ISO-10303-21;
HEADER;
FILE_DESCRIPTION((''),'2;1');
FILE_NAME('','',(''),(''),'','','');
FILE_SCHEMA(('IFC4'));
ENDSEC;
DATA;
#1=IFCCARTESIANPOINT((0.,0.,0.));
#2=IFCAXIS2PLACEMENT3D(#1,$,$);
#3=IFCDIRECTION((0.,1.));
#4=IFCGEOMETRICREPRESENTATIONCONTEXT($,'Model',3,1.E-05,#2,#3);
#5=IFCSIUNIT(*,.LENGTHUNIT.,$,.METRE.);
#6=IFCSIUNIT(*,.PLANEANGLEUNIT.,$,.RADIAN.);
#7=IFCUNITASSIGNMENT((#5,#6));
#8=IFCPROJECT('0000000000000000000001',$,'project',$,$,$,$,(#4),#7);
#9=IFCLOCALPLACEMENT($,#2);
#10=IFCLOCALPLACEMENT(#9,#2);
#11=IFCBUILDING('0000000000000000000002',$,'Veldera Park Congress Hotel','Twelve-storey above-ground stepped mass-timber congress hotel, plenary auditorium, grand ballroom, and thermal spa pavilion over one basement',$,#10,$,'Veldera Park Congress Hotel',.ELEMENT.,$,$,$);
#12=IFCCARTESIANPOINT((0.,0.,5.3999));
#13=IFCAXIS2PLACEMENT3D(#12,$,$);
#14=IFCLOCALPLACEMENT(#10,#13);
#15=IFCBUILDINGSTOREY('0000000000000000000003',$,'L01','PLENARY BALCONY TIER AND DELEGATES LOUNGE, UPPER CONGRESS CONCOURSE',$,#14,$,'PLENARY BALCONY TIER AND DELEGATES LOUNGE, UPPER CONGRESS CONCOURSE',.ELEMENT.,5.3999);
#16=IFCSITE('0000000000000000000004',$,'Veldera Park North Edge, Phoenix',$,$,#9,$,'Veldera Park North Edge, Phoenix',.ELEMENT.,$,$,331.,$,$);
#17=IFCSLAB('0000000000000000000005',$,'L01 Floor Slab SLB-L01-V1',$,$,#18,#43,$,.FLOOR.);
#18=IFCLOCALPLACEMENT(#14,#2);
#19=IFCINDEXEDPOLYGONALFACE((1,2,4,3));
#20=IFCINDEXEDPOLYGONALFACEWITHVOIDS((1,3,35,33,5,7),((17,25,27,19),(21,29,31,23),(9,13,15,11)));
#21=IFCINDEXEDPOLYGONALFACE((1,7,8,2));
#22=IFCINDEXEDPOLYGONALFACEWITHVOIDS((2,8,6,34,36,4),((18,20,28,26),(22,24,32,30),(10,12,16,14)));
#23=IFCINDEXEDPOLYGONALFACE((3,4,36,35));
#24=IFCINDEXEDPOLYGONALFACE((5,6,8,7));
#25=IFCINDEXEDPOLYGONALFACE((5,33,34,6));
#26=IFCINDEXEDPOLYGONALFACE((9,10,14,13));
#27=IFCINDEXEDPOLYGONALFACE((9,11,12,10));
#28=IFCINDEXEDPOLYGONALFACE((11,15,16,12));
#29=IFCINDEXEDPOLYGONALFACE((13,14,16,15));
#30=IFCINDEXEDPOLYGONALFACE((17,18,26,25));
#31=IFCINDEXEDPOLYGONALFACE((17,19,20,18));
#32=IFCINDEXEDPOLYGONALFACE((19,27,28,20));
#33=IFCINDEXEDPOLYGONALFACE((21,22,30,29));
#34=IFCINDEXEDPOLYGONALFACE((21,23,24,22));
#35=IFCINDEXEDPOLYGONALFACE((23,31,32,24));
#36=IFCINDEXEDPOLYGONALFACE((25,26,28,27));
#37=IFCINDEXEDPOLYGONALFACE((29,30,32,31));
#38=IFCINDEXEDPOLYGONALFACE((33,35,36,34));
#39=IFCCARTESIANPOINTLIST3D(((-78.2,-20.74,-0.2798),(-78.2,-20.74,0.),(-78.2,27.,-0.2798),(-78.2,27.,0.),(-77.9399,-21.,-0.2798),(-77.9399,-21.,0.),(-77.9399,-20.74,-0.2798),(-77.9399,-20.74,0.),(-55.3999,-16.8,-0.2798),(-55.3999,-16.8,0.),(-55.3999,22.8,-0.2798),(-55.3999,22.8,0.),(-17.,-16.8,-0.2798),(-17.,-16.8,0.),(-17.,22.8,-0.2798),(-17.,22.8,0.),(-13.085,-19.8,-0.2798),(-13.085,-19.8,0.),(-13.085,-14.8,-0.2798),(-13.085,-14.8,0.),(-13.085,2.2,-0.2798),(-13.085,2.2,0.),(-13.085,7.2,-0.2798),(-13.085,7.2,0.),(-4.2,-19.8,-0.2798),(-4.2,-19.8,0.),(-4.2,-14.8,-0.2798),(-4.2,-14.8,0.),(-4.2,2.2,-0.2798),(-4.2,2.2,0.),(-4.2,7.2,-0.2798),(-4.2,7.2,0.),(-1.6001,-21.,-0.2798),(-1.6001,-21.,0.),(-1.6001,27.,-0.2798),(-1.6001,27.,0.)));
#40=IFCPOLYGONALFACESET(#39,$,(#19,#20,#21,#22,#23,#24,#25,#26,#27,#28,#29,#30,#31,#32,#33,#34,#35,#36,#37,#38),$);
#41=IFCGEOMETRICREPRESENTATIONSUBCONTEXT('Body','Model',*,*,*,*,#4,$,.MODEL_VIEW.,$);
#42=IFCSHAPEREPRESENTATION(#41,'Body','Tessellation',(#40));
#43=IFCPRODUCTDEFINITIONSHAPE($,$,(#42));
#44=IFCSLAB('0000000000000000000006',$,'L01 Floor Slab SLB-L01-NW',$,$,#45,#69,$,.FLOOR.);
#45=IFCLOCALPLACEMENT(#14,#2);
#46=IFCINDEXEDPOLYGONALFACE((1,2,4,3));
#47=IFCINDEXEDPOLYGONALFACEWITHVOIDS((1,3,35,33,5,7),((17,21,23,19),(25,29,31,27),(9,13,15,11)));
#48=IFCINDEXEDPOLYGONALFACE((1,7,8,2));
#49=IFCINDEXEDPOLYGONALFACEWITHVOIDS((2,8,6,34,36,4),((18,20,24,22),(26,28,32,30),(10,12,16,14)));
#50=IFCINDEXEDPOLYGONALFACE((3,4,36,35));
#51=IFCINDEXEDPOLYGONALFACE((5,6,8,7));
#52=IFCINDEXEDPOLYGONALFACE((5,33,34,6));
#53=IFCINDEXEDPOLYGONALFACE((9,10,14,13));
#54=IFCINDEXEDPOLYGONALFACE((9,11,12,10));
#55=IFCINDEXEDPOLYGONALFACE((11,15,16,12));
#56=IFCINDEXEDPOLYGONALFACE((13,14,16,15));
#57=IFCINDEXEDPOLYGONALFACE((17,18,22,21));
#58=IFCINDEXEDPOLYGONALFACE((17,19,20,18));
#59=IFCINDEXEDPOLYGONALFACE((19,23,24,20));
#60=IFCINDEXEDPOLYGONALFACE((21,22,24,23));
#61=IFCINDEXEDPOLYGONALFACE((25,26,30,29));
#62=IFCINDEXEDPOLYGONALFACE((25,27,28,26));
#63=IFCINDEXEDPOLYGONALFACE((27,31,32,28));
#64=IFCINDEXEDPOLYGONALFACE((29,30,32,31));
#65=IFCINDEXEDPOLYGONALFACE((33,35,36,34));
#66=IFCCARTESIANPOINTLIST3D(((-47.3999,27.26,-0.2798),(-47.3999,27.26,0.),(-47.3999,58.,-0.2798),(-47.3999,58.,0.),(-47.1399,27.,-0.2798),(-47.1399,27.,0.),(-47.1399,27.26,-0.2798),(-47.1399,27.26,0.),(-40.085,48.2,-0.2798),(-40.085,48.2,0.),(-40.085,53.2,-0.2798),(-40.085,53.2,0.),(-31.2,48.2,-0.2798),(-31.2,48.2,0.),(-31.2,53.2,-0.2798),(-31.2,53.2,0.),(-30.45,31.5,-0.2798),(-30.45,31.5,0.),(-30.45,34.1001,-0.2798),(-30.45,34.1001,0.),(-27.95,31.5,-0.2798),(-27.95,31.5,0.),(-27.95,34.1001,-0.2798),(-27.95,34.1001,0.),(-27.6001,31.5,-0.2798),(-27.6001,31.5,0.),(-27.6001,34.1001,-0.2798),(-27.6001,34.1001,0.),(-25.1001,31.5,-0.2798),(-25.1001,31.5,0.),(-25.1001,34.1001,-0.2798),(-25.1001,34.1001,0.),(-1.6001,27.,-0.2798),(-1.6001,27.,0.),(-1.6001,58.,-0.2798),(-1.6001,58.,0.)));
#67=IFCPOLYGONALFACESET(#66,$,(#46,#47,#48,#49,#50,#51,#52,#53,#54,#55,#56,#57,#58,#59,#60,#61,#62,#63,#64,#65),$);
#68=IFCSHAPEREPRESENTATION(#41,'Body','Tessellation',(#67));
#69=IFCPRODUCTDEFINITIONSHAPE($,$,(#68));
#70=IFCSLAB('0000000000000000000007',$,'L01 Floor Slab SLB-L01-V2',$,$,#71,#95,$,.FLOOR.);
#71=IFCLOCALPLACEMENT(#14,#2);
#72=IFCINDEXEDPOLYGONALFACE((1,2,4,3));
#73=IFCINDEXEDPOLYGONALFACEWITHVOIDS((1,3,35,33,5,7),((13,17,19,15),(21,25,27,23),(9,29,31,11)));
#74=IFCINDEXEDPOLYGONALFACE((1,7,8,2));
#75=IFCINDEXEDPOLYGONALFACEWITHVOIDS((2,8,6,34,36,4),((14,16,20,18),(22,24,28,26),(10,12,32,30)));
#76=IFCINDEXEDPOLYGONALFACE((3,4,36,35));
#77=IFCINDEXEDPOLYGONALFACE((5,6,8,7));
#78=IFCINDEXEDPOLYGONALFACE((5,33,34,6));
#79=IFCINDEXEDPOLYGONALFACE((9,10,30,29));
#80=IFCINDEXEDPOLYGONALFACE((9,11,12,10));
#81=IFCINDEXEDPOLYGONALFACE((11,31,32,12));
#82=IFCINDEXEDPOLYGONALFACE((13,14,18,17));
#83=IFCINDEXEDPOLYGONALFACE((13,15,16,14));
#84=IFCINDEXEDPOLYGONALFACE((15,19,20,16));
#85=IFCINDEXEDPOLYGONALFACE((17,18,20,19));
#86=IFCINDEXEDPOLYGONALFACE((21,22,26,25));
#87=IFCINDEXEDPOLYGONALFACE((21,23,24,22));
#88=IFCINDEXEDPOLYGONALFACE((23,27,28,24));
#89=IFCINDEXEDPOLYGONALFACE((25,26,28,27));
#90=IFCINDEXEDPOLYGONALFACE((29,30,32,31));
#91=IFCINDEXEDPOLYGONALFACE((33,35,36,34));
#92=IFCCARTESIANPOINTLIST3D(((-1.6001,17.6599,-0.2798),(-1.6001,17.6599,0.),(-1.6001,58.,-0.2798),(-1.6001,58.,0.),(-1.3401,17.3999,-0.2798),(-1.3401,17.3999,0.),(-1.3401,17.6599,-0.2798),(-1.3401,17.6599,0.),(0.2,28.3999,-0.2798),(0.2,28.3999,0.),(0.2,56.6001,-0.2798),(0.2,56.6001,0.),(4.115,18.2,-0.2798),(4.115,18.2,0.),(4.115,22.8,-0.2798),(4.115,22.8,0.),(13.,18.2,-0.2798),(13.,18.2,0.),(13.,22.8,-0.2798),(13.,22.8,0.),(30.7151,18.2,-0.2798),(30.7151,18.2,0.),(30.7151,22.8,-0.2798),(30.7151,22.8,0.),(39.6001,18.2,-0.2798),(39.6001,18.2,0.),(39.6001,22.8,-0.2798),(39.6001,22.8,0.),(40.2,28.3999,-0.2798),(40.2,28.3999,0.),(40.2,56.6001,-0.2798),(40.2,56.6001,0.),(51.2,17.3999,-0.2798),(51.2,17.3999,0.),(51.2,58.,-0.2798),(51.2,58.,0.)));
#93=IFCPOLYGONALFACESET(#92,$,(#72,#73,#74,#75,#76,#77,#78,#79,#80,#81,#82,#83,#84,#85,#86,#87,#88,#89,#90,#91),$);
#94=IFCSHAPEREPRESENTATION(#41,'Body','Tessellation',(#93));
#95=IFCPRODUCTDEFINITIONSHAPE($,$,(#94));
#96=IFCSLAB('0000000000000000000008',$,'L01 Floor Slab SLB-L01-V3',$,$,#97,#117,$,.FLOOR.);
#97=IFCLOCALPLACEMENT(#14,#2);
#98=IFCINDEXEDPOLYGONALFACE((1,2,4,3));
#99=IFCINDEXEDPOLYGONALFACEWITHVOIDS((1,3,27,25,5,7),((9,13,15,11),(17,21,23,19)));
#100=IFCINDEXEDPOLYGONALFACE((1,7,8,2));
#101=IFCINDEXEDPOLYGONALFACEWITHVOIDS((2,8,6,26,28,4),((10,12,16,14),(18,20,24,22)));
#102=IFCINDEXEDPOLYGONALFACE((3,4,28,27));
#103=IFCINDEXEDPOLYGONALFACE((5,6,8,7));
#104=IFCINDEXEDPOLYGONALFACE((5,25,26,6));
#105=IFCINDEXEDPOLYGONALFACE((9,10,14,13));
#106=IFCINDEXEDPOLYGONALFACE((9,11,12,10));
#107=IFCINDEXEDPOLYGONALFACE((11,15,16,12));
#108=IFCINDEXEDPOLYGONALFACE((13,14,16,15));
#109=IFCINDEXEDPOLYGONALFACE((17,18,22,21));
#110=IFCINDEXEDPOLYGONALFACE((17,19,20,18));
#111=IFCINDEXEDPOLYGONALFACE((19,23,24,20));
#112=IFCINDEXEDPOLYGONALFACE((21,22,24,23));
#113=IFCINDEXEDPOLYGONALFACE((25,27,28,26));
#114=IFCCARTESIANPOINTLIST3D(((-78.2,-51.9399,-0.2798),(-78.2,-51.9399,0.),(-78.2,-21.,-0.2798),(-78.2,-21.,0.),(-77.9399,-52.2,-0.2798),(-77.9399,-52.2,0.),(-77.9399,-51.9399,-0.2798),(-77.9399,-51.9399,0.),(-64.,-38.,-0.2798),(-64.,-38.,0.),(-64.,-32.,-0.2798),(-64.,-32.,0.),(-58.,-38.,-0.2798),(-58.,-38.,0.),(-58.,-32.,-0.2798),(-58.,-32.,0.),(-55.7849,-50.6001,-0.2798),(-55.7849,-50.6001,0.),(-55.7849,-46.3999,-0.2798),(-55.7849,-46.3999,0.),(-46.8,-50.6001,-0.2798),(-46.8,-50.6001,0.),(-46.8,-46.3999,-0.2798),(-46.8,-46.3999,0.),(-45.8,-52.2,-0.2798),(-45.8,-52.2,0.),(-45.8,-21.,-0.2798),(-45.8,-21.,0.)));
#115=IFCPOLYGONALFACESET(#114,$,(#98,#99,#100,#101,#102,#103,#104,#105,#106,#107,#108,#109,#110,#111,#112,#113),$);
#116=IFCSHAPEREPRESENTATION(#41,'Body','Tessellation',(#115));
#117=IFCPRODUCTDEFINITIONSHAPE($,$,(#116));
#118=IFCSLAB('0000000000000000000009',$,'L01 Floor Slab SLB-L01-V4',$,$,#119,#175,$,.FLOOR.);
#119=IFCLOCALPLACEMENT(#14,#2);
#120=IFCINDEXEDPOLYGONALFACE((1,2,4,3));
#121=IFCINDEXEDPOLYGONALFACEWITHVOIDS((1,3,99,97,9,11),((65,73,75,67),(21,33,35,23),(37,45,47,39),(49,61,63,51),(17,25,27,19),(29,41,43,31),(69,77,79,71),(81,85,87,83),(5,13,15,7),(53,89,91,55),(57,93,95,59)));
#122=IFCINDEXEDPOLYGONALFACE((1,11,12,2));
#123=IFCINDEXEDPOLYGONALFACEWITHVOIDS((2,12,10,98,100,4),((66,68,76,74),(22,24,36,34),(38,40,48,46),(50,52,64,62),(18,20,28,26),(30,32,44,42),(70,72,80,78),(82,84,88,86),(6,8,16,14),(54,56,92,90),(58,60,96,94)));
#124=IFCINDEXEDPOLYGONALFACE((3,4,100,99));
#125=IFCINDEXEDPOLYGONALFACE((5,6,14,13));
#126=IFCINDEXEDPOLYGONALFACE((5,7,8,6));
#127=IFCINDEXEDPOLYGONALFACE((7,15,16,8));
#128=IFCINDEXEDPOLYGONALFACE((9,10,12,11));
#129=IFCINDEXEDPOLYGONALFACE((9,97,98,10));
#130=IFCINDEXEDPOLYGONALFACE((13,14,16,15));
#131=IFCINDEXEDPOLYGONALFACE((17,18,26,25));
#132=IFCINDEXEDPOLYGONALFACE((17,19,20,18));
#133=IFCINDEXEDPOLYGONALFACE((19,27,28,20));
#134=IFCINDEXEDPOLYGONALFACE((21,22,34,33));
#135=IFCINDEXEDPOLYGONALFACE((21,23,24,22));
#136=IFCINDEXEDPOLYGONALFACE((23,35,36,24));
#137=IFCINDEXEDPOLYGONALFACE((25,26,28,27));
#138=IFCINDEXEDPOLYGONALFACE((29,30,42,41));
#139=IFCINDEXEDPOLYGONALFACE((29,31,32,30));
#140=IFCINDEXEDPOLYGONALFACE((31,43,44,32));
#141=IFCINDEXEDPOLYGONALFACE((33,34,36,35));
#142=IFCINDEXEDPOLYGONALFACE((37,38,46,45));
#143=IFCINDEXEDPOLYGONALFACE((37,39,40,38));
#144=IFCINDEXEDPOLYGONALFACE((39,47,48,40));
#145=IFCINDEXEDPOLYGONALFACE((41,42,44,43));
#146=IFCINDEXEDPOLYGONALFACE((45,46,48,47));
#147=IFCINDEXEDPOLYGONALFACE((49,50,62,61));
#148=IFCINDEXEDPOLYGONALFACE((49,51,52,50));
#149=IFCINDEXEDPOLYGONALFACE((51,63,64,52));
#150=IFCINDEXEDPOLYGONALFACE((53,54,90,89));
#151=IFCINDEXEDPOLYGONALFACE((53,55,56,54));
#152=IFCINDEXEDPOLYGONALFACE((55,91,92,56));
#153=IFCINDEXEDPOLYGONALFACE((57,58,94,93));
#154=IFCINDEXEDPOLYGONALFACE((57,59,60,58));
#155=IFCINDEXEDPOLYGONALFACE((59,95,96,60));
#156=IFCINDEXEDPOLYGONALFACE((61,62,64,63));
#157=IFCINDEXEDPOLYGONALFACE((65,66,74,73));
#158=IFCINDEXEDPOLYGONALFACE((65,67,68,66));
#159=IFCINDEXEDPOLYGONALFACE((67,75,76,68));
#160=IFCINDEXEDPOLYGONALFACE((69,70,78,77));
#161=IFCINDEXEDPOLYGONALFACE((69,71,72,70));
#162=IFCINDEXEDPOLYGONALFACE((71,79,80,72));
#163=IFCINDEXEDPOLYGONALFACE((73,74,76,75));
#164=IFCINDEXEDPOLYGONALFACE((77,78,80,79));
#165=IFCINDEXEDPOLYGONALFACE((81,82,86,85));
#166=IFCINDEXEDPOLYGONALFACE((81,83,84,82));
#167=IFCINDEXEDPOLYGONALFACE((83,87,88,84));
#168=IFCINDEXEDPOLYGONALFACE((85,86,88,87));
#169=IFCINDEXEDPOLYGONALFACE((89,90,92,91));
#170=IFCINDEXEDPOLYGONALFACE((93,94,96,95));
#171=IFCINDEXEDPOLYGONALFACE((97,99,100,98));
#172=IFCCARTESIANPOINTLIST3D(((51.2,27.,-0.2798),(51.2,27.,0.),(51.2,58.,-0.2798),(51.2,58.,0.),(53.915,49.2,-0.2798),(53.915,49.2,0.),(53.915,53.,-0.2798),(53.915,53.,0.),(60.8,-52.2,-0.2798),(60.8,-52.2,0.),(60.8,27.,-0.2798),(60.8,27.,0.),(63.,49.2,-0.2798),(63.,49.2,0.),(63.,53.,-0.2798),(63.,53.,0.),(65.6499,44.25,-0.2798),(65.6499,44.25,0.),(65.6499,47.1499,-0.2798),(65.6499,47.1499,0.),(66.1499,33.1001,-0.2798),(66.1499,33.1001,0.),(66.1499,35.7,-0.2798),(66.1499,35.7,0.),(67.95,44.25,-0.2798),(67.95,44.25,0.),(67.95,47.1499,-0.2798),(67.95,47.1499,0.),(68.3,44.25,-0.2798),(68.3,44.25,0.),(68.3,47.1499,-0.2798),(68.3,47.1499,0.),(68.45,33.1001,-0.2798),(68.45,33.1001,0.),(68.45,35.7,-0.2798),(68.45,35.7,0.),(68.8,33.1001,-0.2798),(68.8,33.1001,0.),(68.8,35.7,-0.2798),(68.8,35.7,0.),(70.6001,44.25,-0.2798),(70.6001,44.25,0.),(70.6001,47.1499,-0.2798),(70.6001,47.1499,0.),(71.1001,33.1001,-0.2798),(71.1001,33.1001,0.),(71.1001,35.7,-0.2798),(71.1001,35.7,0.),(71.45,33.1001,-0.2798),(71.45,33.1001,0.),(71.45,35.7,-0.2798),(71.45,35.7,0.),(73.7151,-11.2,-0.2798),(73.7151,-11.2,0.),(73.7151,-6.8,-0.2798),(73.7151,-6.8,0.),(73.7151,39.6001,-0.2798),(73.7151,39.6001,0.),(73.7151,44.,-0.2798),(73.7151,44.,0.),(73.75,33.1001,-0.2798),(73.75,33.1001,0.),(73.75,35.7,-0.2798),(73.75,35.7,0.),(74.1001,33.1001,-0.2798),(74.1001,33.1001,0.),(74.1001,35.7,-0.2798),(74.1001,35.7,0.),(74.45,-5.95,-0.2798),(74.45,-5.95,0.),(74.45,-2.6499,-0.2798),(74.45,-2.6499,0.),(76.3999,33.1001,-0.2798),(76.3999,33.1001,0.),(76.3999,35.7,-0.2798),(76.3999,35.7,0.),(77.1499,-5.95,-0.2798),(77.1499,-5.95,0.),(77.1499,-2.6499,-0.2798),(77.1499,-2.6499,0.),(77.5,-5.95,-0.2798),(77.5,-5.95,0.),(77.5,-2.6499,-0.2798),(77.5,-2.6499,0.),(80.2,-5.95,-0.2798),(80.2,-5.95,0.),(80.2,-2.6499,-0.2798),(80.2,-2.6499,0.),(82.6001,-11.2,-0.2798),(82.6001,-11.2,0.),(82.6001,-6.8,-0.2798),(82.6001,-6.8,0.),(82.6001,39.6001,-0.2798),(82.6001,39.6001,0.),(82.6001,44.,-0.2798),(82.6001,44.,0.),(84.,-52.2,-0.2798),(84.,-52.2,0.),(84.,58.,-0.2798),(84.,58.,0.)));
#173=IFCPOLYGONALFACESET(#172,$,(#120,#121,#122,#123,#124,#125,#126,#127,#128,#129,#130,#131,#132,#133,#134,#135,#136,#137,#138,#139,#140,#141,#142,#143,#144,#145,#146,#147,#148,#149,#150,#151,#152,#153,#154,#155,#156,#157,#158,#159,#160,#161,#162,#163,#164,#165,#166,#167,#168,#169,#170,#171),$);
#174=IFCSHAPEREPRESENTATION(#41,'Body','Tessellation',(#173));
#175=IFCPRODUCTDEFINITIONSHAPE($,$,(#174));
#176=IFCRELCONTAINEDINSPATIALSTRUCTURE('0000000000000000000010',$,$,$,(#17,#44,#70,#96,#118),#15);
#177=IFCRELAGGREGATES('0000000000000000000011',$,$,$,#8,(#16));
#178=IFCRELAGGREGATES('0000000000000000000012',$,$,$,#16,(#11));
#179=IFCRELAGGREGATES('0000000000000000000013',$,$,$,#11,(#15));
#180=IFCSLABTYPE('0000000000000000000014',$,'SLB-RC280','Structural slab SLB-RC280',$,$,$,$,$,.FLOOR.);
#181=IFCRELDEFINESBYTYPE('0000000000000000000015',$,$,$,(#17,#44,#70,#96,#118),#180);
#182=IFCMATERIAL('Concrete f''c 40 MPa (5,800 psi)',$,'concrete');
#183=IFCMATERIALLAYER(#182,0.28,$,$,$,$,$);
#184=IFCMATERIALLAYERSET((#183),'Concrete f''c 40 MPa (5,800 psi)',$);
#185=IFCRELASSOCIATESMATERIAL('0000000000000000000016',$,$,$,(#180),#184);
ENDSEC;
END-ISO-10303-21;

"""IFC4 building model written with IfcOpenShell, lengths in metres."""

from ifc_helpers import new_model, si_unit, direction, frame, origin, place, context, subcontext, project, spatial, polyline, outline, extrude, material, layer, layer_set, type_object, element, save


model = new_model("IFC4")

# Units and contexts
model_context = context("Model", 3, precision=1e-05, world=origin(), true_north=direction((0.0, 1.0)))
body_context = subcontext(model_context, "Body", "Model", "MODEL_VIEW")
ifc_project = project(units=[si_unit("LENGTHUNIT", "METRE"), si_unit("PLANEANGLEUNIT", "RADIAN")], contexts=[model_context])

# Site, building, storey
site_placement = place(None, origin())
site = spatial("IfcSite", under=ifc_project, at=site_placement, Name="Veldera Park North Edge, Phoenix", LongName="Veldera Park North Edge, Phoenix", CompositionType="ELEMENT", RefElevation=331.0)
building_placement = place(site_placement, origin())
building = spatial("IfcBuilding", under=site, at=building_placement, Name="Veldera Park Congress Hotel", Description="Twelve-storey above-ground stepped mass-timber congress hotel, plenary auditorium, grand ballroom, and thermal spa pavilion over one basement", LongName="Veldera Park Congress Hotel", CompositionType="ELEMENT")
storey_placement = place(building_placement, frame((0.0, 0.0, 5.3999)))
storey = spatial("IfcBuildingStorey", under=building, at=storey_placement, Name="L01", Description="PLENARY BALCONY TIER AND DELEGATES LOUNGE, UPPER CONGRESS CONCOURSE", LongName="PLENARY BALCONY TIER AND DELEGATES LOUNGE, UPPER CONGRESS CONCOURSE", CompositionType="ELEMENT", Elevation=5.3999)

# Slabs
ifc_material_1 = material(Name="Concrete f'c 40 MPa (5,800 psi)", Category="concrete")
ifc_layer_1 = layer(ifc_material_1, 0.28)
ifc_layer_set_1 = layer_set([ifc_layer_1], Name="Concrete f'c 40 MPa (5,800 psi)")
slab_type_1 = type_object("IfcSlabType", Name="SLB-RC280", Description="Structural slab SLB-RC280", PredefinedType="FLOOR", material=ifc_layer_set_1)
slab_1_placement = place(storey_placement, frame((0.0, 0.0, -0.2798)))
element("IfcSlab", 1, at=slab_1_placement, inside=storey, type_object=slab_type_1, Name="L01 Floor Slab SLB-L01-V1", PredefinedType="FLOOR", context=body_context, shape_type="SweptSolid", body=[
    extrude(outline(polyline([(-78.2, -20.74), (-77.9399, -20.74), (-77.9399, -21.0), (-1.6001, -21.0), (-1.6001, 27.0), (-78.2, 27.0), (-78.2, -20.74)]), holes=[polyline([(-13.085, -19.8), (-4.2, -19.8), (-4.2, -14.8), (-13.085, -14.8), (-13.085, -19.8)]), polyline([(-13.085, 2.2), (-4.2, 2.2), (-4.2, 7.2), (-13.085, 7.2), (-13.085, 2.2)]), polyline([(-55.3999, -16.8), (-17.0, -16.8), (-17.0, 22.8), (-55.3999, 22.8), (-55.3999, -16.8)])]), origin(), (0.0, 0.0, 1.0), 0.2798),
])
slab_2_placement = place(storey_placement, frame((0.0, 0.0, -0.2798)))
element("IfcSlab", 2, at=slab_2_placement, inside=storey, type_object=slab_type_1, Name="L01 Floor Slab SLB-L01-NW", PredefinedType="FLOOR", context=body_context, shape_type="SweptSolid", body=[
    extrude(outline(polyline([(-47.3999, 27.26), (-47.1399, 27.26), (-47.1399, 27.0), (-1.6001, 27.0), (-1.6001, 58.0), (-47.3999, 58.0), (-47.3999, 27.26)]), holes=[polyline([(-40.085, 48.2), (-31.2, 48.2), (-31.2, 53.2), (-40.085, 53.2), (-40.085, 48.2)]), polyline([(-30.45, 31.5), (-27.95, 31.5), (-27.95, 34.1001), (-30.45, 34.1001), (-30.45, 31.5)]), polyline([(-27.6001, 31.5), (-25.1001, 31.5), (-25.1001, 34.1001), (-27.6001, 34.1001), (-27.6001, 31.5)])]), origin(), (0.0, 0.0, 1.0), 0.2798),
])
slab_3_placement = place(storey_placement, frame((0.0, 0.0, -0.2798)))
element("IfcSlab", 3, at=slab_3_placement, inside=storey, type_object=slab_type_1, Name="L01 Floor Slab SLB-L01-V2", PredefinedType="FLOOR", context=body_context, shape_type="SweptSolid", body=[
    extrude(outline(polyline([(-1.6001, 17.6599), (-1.3401, 17.6599), (-1.3401, 17.3999), (51.2, 17.3999), (51.2, 58.0), (-1.6001, 58.0), (-1.6001, 17.6599)]), holes=[polyline([(4.115, 18.2), (13.0, 18.2), (13.0, 22.8), (4.115, 22.8), (4.115, 18.2)]), polyline([(30.7151, 18.2), (39.6001, 18.2), (39.6001, 22.8), (30.7151, 22.8), (30.7151, 18.2)]), polyline([(0.2, 28.3999), (40.2, 28.3999), (40.2, 56.6001), (0.2, 56.6001), (0.2, 28.3999)])]), origin(), (0.0, 0.0, 1.0), 0.2798),
])
slab_4_placement = place(storey_placement, frame((0.0, 0.0, -0.2798)))
element("IfcSlab", 4, at=slab_4_placement, inside=storey, type_object=slab_type_1, Name="L01 Floor Slab SLB-L01-V3", PredefinedType="FLOOR", context=body_context, shape_type="SweptSolid", body=[
    extrude(outline(polyline([(-78.2, -51.9399), (-77.9399, -51.9399), (-77.9399, -52.2), (-45.8, -52.2), (-45.8, -21.0), (-78.2, -21.0), (-78.2, -51.9399)]), holes=[polyline([(-55.7849, -50.6001), (-46.8, -50.6001), (-46.8, -46.3999), (-55.7849, -46.3999), (-55.7849, -50.6001)]), polyline([(-64.0, -38.0), (-58.0, -38.0), (-58.0, -32.0), (-64.0, -32.0), (-64.0, -38.0)])]), origin(), (0.0, 0.0, 1.0), 0.2798),
])
slab_5_placement = place(storey_placement, frame((0.0, 0.0, -0.2798)))
element("IfcSlab", 5, at=slab_5_placement, inside=storey, type_object=slab_type_1, Name="L01 Floor Slab SLB-L01-V4", PredefinedType="FLOOR", context=body_context, shape_type="SweptSolid", body=[
    extrude(outline(polyline([(60.8, -52.2), (84.0, -52.2), (84.0, 58.0), (51.2, 58.0), (51.2, 27.0), (60.8, 27.0), (60.8, -52.2)]), holes=[polyline([(73.7151, 39.6001), (82.6001, 39.6001), (82.6001, 44.0), (73.7151, 44.0), (73.7151, 39.6001)]), polyline([(73.7151, -11.2), (82.6001, -11.2), (82.6001, -6.8), (73.7151, -6.8), (73.7151, -11.2)]), polyline([(53.915, 49.2), (63.0, 49.2), (63.0, 53.0), (53.915, 53.0), (53.915, 49.2)]), polyline([(65.6499, 44.25), (67.95, 44.25), (67.95, 47.1499), (65.6499, 47.1499), (65.6499, 44.25)]), polyline([(68.3, 44.25), (70.6001, 44.25), (70.6001, 47.1499), (68.3, 47.1499), (68.3, 44.25)]), polyline([(66.1499, 33.1001), (68.45, 33.1001), (68.45, 35.7), (66.1499, 35.7), (66.1499, 33.1001)]), polyline([(68.8, 33.1001), (71.1001, 33.1001), (71.1001, 35.7), (68.8, 35.7), (68.8, 33.1001)]), polyline([(71.45, 33.1001), (73.75, 33.1001), (73.75, 35.7), (71.45, 35.7), (71.45, 33.1001)]), polyline([(74.1001, 33.1001), (76.3999, 33.1001), (76.3999, 35.7), (74.1001, 35.7), (74.1001, 33.1001)]), polyline([(74.45, -5.95), (77.1499, -5.95), (77.1499, -2.6499), (74.45, -2.6499), (74.45, -5.95)]), polyline([(77.5, -5.95), (80.2, -5.95), (80.2, -2.6499), (77.5, -2.6499), (77.5, -5.95)])]), origin(), (0.0, 0.0, 1.0), 0.2798),
])

save(model, "model.ifc")
